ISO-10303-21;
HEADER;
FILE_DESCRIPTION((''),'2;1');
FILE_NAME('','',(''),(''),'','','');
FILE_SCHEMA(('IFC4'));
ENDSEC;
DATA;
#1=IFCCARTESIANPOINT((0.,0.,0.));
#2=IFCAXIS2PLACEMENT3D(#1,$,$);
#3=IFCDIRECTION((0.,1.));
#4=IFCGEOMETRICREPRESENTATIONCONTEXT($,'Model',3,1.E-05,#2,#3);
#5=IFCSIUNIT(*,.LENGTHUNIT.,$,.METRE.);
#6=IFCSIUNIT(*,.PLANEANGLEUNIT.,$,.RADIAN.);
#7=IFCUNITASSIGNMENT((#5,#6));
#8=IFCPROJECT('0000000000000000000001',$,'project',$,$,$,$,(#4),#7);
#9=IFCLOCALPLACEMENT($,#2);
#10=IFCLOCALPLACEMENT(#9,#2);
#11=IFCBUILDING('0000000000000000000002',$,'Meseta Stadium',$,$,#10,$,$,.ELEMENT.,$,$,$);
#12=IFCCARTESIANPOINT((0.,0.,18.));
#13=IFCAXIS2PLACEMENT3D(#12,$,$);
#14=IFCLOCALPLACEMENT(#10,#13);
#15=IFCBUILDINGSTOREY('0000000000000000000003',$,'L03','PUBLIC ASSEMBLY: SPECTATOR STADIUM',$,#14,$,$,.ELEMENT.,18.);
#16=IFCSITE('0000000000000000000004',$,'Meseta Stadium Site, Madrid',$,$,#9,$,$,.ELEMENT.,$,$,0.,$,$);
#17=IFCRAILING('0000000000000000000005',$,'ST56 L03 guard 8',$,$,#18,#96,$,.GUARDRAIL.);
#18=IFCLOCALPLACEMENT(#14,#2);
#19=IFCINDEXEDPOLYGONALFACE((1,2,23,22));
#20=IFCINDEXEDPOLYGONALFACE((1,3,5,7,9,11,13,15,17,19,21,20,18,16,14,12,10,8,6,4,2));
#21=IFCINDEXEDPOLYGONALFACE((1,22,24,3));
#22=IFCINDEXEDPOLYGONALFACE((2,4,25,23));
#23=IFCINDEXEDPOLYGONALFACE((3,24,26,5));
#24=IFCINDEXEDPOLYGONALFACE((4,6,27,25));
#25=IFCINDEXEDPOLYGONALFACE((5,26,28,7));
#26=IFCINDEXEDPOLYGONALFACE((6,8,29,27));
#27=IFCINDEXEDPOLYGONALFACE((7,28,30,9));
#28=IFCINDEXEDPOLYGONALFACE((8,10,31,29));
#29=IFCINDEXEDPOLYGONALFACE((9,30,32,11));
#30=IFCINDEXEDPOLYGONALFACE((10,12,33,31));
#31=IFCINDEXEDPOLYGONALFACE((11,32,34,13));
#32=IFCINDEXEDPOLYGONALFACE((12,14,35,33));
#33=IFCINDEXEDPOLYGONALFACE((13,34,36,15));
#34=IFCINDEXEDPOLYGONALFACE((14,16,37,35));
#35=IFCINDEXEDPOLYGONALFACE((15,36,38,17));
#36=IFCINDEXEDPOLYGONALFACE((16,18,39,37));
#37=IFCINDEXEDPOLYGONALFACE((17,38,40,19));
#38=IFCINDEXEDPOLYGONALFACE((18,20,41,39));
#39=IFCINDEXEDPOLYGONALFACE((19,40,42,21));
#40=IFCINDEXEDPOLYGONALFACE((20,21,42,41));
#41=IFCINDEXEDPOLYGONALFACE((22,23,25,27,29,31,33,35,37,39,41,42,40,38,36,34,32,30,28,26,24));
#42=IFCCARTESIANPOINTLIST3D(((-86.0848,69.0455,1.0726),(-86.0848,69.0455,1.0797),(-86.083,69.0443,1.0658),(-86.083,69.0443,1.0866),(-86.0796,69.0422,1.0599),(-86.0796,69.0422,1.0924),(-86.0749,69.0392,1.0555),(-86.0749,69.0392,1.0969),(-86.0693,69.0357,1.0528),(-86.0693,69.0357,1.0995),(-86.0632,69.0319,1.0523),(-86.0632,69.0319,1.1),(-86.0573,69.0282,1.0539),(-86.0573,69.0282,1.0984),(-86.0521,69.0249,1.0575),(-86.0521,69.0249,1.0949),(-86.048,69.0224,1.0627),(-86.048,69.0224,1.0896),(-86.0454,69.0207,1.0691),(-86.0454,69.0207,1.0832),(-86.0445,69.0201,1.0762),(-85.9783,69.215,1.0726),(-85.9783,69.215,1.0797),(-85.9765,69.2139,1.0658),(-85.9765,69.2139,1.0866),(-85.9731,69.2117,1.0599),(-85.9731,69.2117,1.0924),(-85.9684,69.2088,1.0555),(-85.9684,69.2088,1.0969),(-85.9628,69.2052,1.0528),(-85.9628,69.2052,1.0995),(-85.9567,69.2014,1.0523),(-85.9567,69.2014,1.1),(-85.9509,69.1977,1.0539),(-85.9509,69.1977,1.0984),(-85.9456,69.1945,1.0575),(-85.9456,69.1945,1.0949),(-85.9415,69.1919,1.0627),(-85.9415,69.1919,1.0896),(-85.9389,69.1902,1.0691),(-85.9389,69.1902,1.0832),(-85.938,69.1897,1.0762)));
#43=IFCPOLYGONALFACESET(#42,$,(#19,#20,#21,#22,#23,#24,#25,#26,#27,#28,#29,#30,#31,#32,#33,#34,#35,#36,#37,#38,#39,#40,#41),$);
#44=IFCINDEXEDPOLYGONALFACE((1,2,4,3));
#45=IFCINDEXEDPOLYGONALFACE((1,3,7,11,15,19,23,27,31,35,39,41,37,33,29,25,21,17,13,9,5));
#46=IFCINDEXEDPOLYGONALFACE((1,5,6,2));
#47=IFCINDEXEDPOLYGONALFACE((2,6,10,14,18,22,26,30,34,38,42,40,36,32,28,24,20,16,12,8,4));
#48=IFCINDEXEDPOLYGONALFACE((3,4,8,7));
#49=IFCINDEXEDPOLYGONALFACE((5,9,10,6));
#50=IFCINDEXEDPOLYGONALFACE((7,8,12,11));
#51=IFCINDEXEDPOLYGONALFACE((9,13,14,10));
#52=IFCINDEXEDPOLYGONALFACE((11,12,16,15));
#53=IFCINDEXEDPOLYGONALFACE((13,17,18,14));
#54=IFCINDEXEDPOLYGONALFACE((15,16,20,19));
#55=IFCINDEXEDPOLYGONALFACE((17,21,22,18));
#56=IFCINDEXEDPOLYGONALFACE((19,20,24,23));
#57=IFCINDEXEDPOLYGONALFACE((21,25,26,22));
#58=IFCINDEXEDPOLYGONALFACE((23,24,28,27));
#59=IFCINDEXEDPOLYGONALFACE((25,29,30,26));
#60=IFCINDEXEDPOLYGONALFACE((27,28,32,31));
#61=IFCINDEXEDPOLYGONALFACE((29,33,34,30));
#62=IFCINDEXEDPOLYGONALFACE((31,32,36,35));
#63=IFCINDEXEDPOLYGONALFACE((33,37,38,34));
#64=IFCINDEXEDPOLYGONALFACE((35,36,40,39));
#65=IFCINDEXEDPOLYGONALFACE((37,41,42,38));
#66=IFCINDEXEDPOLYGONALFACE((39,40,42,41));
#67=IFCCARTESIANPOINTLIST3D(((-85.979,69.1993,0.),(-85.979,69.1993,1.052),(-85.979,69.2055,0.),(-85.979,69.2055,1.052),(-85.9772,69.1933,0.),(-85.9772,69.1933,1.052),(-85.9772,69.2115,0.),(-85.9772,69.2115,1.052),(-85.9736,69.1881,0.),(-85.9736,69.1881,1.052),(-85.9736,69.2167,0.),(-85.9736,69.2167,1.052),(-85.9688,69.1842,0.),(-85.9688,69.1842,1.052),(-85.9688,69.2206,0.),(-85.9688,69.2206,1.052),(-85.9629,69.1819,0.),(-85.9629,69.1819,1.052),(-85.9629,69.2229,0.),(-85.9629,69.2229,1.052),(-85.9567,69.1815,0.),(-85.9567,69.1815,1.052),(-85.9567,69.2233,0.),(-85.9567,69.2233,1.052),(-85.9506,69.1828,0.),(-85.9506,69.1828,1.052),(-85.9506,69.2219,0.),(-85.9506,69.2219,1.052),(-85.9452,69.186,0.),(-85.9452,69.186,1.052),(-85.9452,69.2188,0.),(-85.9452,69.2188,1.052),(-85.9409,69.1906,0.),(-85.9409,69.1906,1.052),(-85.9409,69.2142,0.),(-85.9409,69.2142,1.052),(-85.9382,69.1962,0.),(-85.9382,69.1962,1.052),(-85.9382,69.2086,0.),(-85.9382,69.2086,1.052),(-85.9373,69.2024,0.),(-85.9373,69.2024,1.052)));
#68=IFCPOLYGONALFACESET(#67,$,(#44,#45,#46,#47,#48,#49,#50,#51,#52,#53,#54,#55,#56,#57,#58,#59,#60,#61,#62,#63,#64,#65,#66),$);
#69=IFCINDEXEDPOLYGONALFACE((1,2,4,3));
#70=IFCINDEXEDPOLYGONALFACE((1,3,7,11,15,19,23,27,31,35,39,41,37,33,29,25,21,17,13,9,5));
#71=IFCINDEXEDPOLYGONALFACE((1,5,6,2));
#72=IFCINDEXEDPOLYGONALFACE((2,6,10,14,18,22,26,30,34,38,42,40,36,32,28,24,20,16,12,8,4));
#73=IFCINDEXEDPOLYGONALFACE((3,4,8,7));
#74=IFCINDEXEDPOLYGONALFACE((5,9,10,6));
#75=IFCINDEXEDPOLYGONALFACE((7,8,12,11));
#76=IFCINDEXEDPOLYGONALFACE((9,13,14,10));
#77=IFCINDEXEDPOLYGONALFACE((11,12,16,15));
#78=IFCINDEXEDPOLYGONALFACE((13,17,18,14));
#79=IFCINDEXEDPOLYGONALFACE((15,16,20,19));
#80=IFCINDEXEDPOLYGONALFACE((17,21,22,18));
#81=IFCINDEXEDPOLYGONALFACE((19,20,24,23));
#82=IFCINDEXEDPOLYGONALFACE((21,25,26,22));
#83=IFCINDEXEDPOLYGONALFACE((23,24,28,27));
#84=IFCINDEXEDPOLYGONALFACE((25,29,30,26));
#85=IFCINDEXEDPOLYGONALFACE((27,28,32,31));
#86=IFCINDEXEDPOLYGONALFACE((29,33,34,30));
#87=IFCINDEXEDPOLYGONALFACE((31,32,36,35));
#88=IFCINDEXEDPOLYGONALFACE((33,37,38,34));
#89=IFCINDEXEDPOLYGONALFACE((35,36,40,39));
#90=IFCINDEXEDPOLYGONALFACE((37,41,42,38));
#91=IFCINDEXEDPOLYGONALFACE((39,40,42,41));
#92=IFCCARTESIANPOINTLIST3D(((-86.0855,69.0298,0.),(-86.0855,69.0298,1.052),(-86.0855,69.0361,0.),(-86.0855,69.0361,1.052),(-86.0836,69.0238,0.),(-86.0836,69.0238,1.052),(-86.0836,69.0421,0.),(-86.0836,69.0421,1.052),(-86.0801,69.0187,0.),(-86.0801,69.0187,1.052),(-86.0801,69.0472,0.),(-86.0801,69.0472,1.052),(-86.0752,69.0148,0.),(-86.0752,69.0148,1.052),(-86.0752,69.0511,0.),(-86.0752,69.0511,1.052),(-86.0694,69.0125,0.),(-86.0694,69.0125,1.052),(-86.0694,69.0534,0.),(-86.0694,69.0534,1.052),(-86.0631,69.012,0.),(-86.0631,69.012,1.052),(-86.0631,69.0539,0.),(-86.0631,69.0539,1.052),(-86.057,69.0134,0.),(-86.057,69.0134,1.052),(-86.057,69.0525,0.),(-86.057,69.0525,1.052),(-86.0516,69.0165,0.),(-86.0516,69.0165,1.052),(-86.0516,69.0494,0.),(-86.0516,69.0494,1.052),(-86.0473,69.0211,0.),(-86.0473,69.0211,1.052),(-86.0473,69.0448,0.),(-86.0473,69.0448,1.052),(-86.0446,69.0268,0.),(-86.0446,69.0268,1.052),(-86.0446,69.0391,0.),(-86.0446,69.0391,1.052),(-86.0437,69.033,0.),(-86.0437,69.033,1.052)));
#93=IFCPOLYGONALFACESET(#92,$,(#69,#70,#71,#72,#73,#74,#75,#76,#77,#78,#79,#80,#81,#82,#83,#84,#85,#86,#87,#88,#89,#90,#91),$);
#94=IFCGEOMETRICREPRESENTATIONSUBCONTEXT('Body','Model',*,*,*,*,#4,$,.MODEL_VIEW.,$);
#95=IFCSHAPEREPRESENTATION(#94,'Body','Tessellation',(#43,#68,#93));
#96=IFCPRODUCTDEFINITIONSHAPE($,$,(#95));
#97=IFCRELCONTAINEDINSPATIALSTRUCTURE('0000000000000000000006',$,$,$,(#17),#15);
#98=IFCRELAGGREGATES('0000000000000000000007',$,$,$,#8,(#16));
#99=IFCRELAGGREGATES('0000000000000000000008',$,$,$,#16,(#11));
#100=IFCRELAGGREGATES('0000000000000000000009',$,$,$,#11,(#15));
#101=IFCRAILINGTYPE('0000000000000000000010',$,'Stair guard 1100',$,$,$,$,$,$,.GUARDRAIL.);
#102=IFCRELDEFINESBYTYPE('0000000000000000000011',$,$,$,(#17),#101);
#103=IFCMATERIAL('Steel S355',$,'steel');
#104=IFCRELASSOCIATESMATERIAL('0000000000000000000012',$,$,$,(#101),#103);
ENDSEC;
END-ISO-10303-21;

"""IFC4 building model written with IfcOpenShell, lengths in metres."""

from ifc_helpers import new_model, si_unit, direction, frame, origin, origin_2d, place, context, subcontext, project, spatial, circle, extrude, material, type_object, element, save


model = new_model("IFC4")

# Units and contexts
model_context = context("Model", 3, precision=1e-05, world=origin(), true_north=direction((0.0, 1.0)))
body_context = subcontext(model_context, "Body", "Model", "MODEL_VIEW")
ifc_project = project(units=[si_unit("LENGTHUNIT", "METRE"), si_unit("PLANEANGLEUNIT", "RADIAN")], contexts=[model_context])

# Site, building, storey
site_placement = place(None, origin())
site = spatial("IfcSite", under=ifc_project, at=site_placement, Name="Meseta Stadium Site, Madrid", CompositionType="ELEMENT", RefElevation=0.0)
building_placement = place(site_placement, origin())
building = spatial("IfcBuilding", under=site, at=building_placement, Name="Meseta Stadium", CompositionType="ELEMENT")
storey_placement = place(building_placement, frame((0.0, 0.0, 18.0)))
storey = spatial("IfcBuildingStorey", under=building, at=storey_placement, Name="L03", Description="PUBLIC ASSEMBLY: SPECTATOR STADIUM", CompositionType="ELEMENT", Elevation=18.0)

# Railing
ifc_material_1 = material(Name="Steel S355", Category="steel")
railing_type_1 = type_object("IfcRailingType", Name="Stair guard 1100", PredefinedType="GUARDRAIL", material=ifc_material_1)
railing_1_placement = place(storey_placement, frame((-85.9583, 69.2024, 0.0)))
element("IfcRailing", 1, at=railing_1_placement, inside=storey, type_object=railing_type_1, Name="ST56 L03 guard 8", PredefinedType="GUARDRAIL", context=body_context, shape_type="SweptSolid", body=[
    extrude(circle(Radius=0.0239, at=origin_2d()), frame((0.0, 0.0, 1.0762), z_axis=(-0.531972, -0.846762, 0.0), x_axis=(0.846762, -0.531972, 0.0)), (0.0, 0.0, 1.0), 0.2002),
    extrude(circle(Radius=0.021, at=origin_2d()), origin(), (0.0, 0.0, 1.0), 1.052),
    extrude(circle(Radius=0.021, at=origin_2d()), frame((-0.1064, -0.1694, 0.0)), (0.0, 0.0, 1.0), 1.052),
])

save(model, "model.ifc")
